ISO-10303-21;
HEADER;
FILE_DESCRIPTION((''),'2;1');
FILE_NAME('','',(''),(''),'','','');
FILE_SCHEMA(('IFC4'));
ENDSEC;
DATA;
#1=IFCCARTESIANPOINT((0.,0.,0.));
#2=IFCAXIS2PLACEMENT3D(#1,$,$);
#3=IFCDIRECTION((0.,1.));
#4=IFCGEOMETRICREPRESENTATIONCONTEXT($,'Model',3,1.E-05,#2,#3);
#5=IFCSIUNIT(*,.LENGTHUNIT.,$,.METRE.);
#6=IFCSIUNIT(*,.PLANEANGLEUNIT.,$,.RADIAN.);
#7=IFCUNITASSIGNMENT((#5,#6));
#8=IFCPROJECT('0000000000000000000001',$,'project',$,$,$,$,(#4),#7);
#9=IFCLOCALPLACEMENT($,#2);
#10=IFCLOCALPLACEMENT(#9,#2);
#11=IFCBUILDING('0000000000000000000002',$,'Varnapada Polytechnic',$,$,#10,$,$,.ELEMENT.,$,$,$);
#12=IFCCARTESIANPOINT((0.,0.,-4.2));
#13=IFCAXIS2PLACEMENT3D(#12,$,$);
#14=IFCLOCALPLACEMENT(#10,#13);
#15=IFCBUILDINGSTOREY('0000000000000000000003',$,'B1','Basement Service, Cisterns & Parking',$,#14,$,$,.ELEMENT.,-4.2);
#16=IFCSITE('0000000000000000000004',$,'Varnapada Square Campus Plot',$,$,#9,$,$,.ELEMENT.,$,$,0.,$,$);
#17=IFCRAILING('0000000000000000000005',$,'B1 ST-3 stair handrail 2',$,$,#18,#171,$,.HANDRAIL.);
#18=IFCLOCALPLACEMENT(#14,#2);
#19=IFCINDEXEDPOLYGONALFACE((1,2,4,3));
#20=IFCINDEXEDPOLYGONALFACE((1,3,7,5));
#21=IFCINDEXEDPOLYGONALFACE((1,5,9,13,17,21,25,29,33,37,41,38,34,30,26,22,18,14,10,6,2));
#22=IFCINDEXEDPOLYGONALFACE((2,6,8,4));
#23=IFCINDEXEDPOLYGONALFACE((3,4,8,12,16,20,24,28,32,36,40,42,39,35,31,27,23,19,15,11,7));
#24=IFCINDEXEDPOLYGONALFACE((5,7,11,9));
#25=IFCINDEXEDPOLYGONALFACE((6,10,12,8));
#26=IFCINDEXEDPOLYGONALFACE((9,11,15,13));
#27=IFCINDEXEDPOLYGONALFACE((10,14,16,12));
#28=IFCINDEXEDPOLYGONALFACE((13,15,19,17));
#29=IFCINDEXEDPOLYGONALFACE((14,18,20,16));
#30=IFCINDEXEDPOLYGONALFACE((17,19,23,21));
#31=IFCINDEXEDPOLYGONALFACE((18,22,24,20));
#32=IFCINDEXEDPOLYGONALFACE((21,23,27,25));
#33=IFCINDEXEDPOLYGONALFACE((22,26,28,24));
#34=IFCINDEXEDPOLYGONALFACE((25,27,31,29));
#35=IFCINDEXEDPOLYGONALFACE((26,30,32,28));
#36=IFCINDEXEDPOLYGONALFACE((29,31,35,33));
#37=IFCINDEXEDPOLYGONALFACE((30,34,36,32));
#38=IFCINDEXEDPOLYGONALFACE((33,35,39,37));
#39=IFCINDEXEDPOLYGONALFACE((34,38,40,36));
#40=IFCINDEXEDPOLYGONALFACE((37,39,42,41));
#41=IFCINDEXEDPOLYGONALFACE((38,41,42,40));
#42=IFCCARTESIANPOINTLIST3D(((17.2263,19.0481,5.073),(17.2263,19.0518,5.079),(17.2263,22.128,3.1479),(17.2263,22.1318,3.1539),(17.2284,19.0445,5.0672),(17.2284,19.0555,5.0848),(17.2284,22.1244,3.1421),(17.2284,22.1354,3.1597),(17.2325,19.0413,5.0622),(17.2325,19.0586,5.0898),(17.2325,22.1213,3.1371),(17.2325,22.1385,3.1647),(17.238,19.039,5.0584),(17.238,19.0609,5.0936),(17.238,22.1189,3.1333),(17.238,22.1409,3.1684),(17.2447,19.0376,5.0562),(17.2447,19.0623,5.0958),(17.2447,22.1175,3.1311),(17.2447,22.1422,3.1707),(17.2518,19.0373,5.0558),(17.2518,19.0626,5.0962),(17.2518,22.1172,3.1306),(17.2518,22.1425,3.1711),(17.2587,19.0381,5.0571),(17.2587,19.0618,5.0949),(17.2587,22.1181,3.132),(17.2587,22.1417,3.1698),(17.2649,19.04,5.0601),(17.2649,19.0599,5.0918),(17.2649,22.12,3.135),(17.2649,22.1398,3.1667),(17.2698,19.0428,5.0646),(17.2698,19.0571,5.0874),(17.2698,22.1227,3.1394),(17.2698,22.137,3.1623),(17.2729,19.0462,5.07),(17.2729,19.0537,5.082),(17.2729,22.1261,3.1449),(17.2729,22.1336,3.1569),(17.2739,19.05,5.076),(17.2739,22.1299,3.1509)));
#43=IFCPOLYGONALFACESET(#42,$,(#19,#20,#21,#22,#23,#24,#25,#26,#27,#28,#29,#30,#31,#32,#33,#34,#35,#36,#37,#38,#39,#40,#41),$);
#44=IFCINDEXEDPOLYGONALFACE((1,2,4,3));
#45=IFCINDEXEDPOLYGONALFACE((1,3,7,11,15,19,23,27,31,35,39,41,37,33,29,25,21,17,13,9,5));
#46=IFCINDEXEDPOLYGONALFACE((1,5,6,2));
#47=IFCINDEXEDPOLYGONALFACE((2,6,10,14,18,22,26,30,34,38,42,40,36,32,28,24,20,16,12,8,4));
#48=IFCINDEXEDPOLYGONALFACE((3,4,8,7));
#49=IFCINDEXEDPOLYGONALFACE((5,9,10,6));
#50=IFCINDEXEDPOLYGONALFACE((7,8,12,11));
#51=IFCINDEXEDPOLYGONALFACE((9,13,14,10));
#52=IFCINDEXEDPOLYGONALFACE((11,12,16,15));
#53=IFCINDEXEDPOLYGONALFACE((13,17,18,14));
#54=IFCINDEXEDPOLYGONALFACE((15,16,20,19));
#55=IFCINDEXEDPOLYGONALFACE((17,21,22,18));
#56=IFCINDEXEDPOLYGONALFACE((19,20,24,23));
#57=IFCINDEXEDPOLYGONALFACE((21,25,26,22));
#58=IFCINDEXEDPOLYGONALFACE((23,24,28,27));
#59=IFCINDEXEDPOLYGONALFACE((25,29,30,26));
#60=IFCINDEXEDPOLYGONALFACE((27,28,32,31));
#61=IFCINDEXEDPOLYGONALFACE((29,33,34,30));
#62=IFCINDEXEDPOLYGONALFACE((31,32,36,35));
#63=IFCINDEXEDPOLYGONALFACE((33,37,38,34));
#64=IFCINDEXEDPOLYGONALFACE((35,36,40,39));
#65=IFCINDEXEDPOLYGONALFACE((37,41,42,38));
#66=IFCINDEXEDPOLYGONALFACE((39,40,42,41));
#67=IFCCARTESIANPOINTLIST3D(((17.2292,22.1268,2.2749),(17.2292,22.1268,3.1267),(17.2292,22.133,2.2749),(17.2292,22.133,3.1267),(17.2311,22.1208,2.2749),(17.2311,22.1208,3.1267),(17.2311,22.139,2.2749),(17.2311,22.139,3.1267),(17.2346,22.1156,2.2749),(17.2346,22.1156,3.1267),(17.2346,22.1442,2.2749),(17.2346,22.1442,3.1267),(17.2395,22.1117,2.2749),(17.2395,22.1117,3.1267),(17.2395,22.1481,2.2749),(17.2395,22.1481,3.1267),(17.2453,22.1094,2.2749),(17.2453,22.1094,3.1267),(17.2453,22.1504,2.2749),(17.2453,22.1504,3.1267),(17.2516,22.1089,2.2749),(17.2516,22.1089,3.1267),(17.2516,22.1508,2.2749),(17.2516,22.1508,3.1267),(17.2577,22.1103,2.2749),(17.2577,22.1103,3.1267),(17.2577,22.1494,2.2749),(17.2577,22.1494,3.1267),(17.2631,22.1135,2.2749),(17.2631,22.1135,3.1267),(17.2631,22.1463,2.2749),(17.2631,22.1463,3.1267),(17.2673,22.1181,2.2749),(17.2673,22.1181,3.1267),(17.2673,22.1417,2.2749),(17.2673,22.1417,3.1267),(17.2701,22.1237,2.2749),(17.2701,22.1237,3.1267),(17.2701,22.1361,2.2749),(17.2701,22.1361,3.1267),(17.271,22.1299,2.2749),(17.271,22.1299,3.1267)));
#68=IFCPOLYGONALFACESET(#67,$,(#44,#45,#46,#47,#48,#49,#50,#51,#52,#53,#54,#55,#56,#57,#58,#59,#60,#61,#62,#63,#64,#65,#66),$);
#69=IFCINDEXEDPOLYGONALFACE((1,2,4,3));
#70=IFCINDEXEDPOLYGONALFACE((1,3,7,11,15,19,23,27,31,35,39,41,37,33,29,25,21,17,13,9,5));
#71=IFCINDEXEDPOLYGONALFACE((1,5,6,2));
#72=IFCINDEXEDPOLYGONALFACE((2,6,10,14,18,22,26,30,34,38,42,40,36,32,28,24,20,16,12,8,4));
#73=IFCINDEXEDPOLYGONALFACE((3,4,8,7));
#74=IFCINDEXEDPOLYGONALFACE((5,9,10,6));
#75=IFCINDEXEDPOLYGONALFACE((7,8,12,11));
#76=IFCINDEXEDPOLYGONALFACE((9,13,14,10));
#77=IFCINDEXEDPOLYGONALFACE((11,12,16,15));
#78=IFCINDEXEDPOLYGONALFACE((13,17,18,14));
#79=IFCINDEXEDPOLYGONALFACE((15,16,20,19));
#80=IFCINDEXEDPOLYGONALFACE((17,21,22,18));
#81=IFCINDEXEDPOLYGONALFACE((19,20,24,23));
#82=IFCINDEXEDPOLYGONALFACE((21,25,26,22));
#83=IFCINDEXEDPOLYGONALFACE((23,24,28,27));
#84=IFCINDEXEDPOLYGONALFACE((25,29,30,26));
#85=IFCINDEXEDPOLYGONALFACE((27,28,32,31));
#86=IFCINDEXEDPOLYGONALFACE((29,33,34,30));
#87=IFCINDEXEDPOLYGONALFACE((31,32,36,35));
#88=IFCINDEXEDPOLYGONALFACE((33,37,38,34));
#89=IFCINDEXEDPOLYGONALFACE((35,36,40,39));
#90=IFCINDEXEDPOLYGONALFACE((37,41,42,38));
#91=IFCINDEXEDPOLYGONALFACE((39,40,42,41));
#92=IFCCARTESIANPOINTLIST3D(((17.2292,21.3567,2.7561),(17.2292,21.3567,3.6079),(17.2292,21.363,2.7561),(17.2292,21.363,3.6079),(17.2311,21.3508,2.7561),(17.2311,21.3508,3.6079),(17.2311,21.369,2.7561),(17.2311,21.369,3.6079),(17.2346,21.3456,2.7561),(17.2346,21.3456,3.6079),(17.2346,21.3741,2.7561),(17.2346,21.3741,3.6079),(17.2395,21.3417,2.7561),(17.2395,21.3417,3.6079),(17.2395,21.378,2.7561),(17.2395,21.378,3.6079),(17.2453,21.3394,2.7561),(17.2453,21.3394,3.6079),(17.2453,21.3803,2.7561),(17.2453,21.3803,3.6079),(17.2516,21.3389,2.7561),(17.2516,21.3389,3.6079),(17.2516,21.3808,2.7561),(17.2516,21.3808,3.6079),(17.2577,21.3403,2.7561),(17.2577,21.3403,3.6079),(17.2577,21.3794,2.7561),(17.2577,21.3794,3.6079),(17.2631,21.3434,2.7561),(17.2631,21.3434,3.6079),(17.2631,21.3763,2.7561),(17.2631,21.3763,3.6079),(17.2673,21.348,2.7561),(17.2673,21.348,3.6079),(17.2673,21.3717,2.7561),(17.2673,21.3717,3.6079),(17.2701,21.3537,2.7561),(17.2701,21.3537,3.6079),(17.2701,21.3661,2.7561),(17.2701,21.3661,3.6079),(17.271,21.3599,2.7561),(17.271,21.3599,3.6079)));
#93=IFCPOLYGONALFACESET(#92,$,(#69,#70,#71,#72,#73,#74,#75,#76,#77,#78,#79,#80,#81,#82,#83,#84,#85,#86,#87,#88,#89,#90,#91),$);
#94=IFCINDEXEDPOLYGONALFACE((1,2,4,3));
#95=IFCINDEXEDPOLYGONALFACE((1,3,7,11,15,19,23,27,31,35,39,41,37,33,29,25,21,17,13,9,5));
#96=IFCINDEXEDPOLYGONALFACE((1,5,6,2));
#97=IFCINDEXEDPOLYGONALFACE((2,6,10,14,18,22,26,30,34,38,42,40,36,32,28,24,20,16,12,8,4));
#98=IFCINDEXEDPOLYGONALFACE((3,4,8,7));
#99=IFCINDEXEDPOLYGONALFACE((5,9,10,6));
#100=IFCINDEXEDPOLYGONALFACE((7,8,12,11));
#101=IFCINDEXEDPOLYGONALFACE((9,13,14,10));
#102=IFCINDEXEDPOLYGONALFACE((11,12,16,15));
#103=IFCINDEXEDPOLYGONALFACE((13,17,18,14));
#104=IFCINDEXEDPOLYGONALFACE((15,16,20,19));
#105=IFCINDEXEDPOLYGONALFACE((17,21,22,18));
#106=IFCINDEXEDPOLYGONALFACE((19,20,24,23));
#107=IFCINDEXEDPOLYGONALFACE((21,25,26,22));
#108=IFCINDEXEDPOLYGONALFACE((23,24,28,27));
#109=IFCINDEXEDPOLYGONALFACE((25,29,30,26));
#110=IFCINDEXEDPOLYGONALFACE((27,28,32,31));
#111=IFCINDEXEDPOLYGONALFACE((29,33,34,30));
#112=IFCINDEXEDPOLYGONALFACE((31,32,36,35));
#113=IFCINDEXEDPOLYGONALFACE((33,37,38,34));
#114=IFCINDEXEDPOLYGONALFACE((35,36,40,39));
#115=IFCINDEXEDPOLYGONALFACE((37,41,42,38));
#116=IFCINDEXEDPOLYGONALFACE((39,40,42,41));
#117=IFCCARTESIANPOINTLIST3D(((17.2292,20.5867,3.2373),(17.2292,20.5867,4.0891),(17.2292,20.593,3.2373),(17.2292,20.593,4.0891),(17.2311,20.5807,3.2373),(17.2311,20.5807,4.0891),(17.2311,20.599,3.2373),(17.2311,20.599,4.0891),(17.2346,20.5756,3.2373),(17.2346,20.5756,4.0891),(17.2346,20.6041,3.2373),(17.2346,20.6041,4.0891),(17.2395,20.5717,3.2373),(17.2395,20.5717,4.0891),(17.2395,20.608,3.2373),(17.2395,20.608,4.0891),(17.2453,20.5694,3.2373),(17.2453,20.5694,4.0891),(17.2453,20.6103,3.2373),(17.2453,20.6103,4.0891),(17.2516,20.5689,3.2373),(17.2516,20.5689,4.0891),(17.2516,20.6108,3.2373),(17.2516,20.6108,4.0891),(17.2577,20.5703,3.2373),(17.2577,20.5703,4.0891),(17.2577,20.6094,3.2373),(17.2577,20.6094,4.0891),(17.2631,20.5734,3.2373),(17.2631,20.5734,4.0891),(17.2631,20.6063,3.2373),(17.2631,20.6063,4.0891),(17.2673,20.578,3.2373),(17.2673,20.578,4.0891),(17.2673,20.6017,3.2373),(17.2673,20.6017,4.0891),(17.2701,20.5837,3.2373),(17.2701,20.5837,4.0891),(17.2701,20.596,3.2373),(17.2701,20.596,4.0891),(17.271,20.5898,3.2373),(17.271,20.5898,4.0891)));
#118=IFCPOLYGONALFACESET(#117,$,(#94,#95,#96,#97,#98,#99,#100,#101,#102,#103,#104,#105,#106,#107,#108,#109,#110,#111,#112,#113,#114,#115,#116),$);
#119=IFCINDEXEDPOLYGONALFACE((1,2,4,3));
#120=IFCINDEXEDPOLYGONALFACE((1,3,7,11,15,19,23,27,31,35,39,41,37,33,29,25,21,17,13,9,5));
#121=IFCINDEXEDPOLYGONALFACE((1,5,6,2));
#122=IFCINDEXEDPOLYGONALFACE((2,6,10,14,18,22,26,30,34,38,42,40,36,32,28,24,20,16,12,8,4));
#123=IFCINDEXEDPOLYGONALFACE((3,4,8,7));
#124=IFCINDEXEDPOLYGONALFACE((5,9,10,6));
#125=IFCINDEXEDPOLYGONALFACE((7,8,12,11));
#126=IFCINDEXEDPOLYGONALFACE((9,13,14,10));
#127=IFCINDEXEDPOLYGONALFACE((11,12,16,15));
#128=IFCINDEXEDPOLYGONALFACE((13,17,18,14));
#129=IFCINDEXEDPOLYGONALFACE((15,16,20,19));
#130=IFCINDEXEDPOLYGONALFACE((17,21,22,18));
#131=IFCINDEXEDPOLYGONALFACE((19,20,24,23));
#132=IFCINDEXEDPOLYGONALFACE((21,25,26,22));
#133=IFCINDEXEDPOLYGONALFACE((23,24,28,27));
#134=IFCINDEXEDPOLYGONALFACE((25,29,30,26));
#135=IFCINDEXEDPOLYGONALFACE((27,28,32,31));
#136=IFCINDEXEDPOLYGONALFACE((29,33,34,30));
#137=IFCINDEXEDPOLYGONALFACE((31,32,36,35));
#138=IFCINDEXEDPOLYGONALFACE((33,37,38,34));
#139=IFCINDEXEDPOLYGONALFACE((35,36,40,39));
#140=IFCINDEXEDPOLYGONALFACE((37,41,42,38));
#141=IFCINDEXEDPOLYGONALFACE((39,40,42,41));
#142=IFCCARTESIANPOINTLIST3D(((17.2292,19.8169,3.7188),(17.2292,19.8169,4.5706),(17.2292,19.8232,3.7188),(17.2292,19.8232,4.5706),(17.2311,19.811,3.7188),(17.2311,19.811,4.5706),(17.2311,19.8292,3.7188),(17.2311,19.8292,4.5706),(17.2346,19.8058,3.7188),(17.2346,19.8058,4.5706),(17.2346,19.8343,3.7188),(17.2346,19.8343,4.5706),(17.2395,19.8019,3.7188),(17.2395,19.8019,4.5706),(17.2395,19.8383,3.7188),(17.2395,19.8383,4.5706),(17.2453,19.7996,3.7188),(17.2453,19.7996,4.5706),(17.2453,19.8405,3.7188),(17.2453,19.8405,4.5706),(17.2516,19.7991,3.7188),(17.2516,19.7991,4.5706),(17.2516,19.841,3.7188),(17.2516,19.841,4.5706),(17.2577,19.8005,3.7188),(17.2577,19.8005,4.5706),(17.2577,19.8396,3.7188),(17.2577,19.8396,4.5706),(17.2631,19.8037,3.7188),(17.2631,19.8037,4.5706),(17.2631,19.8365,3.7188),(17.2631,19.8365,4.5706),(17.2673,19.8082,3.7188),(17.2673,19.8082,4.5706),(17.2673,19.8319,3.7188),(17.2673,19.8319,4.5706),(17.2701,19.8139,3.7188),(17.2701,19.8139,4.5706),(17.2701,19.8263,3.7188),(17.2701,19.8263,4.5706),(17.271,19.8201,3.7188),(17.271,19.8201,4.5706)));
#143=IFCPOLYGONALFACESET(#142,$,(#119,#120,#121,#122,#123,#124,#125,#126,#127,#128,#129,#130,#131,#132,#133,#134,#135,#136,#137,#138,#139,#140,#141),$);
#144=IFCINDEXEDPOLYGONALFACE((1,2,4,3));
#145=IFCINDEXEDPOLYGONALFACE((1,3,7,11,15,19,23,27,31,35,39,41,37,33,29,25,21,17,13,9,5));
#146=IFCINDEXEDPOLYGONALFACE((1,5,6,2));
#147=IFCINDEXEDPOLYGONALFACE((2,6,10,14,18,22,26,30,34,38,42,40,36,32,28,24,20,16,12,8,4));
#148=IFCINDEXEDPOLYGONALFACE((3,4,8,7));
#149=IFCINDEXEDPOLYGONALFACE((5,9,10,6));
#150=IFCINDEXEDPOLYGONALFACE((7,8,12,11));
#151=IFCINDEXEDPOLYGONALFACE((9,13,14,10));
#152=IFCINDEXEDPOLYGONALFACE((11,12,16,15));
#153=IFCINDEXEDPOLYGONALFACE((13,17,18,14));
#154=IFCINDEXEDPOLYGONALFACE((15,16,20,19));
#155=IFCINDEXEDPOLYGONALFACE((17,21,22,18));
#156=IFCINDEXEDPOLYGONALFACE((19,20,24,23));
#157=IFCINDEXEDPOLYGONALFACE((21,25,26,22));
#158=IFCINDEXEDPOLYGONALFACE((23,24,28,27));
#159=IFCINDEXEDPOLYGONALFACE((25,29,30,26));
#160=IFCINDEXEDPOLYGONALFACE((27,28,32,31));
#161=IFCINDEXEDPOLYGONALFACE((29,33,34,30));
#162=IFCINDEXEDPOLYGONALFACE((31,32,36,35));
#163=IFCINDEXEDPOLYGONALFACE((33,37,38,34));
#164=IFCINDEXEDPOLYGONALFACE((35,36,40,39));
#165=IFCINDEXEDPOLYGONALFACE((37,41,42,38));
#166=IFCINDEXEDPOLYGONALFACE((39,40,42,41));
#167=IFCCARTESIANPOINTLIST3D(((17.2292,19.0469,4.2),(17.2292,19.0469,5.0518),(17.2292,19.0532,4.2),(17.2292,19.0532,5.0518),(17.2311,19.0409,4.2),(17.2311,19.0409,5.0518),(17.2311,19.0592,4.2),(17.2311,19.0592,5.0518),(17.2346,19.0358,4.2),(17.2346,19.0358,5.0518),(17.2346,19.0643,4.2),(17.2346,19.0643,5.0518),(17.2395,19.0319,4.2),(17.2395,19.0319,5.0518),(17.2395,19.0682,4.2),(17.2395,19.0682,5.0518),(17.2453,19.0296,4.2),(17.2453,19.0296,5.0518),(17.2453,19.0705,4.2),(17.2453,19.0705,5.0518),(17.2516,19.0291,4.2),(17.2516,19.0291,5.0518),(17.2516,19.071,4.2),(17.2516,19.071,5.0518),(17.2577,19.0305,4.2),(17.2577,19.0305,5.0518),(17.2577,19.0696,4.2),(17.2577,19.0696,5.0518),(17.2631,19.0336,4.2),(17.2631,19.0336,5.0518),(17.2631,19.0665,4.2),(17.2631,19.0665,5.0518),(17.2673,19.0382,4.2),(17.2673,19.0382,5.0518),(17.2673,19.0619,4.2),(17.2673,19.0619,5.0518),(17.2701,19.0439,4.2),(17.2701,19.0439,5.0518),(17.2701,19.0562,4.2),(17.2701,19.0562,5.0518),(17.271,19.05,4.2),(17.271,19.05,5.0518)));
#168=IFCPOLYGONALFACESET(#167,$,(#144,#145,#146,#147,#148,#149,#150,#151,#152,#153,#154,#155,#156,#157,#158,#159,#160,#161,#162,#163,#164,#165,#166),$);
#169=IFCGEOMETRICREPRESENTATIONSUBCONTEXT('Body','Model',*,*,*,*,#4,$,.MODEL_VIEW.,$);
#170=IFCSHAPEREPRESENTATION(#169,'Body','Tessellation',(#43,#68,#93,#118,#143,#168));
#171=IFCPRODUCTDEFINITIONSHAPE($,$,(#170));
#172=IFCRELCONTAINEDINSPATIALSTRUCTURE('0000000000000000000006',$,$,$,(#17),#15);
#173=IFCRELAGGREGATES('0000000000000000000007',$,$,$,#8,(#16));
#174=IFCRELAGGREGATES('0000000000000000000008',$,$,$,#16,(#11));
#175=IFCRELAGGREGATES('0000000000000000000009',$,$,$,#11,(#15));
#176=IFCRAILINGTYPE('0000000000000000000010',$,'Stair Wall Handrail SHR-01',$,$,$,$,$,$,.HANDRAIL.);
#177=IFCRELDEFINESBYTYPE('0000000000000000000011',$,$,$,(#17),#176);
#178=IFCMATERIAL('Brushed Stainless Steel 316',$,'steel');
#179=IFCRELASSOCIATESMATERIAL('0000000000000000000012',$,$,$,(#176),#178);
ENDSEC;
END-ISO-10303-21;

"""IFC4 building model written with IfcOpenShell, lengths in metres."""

from ifc_helpers import new_model, si_unit, direction, frame, origin, origin_2d, place, context, subcontext, project, spatial, circle, extrude, material, type_object, element, save


model = new_model("IFC4")

# Units and contexts
model_context = context("Model", 3, precision=1e-05, world=origin(), true_north=direction((0.0, 1.0)))
body_context = subcontext(model_context, "Body", "Model", "MODEL_VIEW")
ifc_project = project(units=[si_unit("LENGTHUNIT", "METRE"), si_unit("PLANEANGLEUNIT", "RADIAN")], contexts=[model_context])

# Site, building, storey
site_placement = place(None, origin())
site = spatial("IfcSite", under=ifc_project, at=site_placement, Name="Varnapada Square Campus Plot", CompositionType="ELEMENT", RefElevation=0.0)
building_placement = place(site_placement, origin())
building = spatial("IfcBuilding", under=site, at=building_placement, Name="Varnapada Polytechnic", CompositionType="ELEMENT")
storey_placement = place(building_placement, frame((0.0, 0.0, -4.2)))
storey = spatial("IfcBuildingStorey", under=building, at=storey_placement, Name="B1", Description="Basement Service, Cisterns & Parking", CompositionType="ELEMENT", Elevation=-4.2)

# Railing
ifc_material_1 = material(Name="Brushed Stainless Steel 316", Category="steel")
railing_type = type_object("IfcRailingType", Name="Stair Wall Handrail SHR-01", PredefinedType="HANDRAIL", material=ifc_material_1)
railing_placement = place(storey_placement, frame((17.25, 22.1299, 2.2749)))
element("IfcRailing", 1, at=railing_placement, inside=storey, type_object=railing_type, Name="B1 ST-3 stair handrail 2", PredefinedType="HANDRAIL", context=body_context, shape_type="SweptSolid", body=[
    extrude(circle(Radius=0.0239, at=origin_2d()), frame((0.0, 0.0, 0.876), z_axis=(0.0, -0.847979, 0.530029), x_axis=(1.0, 0.0, 0.0)), (0.0, 0.0, 1.0), 3.6321),
    extrude(circle(Radius=0.021, at=origin_2d()), origin(), (0.0, 0.0, 1.0), 0.8518),
    extrude(circle(Radius=0.021, at=origin_2d()), frame((0.0, -0.77, 0.4812)), (0.0, 0.0, 1.0), 0.8518),
    extrude(circle(Radius=0.021, at=origin_2d()), frame((0.0, -1.54, 0.9624)), (0.0, 0.0, 1.0), 0.8518),
    extrude(circle(Radius=0.021, at=origin_2d()), frame((0.0, -2.3098, 1.4438)), (0.0, 0.0, 1.0), 0.8518),
    extrude(circle(Radius=0.021, at=origin_2d()), frame((0.0, -3.0798, 1.925)), (0.0, 0.0, 1.0), 0.8518),
])

save(model, "model.ifc")
